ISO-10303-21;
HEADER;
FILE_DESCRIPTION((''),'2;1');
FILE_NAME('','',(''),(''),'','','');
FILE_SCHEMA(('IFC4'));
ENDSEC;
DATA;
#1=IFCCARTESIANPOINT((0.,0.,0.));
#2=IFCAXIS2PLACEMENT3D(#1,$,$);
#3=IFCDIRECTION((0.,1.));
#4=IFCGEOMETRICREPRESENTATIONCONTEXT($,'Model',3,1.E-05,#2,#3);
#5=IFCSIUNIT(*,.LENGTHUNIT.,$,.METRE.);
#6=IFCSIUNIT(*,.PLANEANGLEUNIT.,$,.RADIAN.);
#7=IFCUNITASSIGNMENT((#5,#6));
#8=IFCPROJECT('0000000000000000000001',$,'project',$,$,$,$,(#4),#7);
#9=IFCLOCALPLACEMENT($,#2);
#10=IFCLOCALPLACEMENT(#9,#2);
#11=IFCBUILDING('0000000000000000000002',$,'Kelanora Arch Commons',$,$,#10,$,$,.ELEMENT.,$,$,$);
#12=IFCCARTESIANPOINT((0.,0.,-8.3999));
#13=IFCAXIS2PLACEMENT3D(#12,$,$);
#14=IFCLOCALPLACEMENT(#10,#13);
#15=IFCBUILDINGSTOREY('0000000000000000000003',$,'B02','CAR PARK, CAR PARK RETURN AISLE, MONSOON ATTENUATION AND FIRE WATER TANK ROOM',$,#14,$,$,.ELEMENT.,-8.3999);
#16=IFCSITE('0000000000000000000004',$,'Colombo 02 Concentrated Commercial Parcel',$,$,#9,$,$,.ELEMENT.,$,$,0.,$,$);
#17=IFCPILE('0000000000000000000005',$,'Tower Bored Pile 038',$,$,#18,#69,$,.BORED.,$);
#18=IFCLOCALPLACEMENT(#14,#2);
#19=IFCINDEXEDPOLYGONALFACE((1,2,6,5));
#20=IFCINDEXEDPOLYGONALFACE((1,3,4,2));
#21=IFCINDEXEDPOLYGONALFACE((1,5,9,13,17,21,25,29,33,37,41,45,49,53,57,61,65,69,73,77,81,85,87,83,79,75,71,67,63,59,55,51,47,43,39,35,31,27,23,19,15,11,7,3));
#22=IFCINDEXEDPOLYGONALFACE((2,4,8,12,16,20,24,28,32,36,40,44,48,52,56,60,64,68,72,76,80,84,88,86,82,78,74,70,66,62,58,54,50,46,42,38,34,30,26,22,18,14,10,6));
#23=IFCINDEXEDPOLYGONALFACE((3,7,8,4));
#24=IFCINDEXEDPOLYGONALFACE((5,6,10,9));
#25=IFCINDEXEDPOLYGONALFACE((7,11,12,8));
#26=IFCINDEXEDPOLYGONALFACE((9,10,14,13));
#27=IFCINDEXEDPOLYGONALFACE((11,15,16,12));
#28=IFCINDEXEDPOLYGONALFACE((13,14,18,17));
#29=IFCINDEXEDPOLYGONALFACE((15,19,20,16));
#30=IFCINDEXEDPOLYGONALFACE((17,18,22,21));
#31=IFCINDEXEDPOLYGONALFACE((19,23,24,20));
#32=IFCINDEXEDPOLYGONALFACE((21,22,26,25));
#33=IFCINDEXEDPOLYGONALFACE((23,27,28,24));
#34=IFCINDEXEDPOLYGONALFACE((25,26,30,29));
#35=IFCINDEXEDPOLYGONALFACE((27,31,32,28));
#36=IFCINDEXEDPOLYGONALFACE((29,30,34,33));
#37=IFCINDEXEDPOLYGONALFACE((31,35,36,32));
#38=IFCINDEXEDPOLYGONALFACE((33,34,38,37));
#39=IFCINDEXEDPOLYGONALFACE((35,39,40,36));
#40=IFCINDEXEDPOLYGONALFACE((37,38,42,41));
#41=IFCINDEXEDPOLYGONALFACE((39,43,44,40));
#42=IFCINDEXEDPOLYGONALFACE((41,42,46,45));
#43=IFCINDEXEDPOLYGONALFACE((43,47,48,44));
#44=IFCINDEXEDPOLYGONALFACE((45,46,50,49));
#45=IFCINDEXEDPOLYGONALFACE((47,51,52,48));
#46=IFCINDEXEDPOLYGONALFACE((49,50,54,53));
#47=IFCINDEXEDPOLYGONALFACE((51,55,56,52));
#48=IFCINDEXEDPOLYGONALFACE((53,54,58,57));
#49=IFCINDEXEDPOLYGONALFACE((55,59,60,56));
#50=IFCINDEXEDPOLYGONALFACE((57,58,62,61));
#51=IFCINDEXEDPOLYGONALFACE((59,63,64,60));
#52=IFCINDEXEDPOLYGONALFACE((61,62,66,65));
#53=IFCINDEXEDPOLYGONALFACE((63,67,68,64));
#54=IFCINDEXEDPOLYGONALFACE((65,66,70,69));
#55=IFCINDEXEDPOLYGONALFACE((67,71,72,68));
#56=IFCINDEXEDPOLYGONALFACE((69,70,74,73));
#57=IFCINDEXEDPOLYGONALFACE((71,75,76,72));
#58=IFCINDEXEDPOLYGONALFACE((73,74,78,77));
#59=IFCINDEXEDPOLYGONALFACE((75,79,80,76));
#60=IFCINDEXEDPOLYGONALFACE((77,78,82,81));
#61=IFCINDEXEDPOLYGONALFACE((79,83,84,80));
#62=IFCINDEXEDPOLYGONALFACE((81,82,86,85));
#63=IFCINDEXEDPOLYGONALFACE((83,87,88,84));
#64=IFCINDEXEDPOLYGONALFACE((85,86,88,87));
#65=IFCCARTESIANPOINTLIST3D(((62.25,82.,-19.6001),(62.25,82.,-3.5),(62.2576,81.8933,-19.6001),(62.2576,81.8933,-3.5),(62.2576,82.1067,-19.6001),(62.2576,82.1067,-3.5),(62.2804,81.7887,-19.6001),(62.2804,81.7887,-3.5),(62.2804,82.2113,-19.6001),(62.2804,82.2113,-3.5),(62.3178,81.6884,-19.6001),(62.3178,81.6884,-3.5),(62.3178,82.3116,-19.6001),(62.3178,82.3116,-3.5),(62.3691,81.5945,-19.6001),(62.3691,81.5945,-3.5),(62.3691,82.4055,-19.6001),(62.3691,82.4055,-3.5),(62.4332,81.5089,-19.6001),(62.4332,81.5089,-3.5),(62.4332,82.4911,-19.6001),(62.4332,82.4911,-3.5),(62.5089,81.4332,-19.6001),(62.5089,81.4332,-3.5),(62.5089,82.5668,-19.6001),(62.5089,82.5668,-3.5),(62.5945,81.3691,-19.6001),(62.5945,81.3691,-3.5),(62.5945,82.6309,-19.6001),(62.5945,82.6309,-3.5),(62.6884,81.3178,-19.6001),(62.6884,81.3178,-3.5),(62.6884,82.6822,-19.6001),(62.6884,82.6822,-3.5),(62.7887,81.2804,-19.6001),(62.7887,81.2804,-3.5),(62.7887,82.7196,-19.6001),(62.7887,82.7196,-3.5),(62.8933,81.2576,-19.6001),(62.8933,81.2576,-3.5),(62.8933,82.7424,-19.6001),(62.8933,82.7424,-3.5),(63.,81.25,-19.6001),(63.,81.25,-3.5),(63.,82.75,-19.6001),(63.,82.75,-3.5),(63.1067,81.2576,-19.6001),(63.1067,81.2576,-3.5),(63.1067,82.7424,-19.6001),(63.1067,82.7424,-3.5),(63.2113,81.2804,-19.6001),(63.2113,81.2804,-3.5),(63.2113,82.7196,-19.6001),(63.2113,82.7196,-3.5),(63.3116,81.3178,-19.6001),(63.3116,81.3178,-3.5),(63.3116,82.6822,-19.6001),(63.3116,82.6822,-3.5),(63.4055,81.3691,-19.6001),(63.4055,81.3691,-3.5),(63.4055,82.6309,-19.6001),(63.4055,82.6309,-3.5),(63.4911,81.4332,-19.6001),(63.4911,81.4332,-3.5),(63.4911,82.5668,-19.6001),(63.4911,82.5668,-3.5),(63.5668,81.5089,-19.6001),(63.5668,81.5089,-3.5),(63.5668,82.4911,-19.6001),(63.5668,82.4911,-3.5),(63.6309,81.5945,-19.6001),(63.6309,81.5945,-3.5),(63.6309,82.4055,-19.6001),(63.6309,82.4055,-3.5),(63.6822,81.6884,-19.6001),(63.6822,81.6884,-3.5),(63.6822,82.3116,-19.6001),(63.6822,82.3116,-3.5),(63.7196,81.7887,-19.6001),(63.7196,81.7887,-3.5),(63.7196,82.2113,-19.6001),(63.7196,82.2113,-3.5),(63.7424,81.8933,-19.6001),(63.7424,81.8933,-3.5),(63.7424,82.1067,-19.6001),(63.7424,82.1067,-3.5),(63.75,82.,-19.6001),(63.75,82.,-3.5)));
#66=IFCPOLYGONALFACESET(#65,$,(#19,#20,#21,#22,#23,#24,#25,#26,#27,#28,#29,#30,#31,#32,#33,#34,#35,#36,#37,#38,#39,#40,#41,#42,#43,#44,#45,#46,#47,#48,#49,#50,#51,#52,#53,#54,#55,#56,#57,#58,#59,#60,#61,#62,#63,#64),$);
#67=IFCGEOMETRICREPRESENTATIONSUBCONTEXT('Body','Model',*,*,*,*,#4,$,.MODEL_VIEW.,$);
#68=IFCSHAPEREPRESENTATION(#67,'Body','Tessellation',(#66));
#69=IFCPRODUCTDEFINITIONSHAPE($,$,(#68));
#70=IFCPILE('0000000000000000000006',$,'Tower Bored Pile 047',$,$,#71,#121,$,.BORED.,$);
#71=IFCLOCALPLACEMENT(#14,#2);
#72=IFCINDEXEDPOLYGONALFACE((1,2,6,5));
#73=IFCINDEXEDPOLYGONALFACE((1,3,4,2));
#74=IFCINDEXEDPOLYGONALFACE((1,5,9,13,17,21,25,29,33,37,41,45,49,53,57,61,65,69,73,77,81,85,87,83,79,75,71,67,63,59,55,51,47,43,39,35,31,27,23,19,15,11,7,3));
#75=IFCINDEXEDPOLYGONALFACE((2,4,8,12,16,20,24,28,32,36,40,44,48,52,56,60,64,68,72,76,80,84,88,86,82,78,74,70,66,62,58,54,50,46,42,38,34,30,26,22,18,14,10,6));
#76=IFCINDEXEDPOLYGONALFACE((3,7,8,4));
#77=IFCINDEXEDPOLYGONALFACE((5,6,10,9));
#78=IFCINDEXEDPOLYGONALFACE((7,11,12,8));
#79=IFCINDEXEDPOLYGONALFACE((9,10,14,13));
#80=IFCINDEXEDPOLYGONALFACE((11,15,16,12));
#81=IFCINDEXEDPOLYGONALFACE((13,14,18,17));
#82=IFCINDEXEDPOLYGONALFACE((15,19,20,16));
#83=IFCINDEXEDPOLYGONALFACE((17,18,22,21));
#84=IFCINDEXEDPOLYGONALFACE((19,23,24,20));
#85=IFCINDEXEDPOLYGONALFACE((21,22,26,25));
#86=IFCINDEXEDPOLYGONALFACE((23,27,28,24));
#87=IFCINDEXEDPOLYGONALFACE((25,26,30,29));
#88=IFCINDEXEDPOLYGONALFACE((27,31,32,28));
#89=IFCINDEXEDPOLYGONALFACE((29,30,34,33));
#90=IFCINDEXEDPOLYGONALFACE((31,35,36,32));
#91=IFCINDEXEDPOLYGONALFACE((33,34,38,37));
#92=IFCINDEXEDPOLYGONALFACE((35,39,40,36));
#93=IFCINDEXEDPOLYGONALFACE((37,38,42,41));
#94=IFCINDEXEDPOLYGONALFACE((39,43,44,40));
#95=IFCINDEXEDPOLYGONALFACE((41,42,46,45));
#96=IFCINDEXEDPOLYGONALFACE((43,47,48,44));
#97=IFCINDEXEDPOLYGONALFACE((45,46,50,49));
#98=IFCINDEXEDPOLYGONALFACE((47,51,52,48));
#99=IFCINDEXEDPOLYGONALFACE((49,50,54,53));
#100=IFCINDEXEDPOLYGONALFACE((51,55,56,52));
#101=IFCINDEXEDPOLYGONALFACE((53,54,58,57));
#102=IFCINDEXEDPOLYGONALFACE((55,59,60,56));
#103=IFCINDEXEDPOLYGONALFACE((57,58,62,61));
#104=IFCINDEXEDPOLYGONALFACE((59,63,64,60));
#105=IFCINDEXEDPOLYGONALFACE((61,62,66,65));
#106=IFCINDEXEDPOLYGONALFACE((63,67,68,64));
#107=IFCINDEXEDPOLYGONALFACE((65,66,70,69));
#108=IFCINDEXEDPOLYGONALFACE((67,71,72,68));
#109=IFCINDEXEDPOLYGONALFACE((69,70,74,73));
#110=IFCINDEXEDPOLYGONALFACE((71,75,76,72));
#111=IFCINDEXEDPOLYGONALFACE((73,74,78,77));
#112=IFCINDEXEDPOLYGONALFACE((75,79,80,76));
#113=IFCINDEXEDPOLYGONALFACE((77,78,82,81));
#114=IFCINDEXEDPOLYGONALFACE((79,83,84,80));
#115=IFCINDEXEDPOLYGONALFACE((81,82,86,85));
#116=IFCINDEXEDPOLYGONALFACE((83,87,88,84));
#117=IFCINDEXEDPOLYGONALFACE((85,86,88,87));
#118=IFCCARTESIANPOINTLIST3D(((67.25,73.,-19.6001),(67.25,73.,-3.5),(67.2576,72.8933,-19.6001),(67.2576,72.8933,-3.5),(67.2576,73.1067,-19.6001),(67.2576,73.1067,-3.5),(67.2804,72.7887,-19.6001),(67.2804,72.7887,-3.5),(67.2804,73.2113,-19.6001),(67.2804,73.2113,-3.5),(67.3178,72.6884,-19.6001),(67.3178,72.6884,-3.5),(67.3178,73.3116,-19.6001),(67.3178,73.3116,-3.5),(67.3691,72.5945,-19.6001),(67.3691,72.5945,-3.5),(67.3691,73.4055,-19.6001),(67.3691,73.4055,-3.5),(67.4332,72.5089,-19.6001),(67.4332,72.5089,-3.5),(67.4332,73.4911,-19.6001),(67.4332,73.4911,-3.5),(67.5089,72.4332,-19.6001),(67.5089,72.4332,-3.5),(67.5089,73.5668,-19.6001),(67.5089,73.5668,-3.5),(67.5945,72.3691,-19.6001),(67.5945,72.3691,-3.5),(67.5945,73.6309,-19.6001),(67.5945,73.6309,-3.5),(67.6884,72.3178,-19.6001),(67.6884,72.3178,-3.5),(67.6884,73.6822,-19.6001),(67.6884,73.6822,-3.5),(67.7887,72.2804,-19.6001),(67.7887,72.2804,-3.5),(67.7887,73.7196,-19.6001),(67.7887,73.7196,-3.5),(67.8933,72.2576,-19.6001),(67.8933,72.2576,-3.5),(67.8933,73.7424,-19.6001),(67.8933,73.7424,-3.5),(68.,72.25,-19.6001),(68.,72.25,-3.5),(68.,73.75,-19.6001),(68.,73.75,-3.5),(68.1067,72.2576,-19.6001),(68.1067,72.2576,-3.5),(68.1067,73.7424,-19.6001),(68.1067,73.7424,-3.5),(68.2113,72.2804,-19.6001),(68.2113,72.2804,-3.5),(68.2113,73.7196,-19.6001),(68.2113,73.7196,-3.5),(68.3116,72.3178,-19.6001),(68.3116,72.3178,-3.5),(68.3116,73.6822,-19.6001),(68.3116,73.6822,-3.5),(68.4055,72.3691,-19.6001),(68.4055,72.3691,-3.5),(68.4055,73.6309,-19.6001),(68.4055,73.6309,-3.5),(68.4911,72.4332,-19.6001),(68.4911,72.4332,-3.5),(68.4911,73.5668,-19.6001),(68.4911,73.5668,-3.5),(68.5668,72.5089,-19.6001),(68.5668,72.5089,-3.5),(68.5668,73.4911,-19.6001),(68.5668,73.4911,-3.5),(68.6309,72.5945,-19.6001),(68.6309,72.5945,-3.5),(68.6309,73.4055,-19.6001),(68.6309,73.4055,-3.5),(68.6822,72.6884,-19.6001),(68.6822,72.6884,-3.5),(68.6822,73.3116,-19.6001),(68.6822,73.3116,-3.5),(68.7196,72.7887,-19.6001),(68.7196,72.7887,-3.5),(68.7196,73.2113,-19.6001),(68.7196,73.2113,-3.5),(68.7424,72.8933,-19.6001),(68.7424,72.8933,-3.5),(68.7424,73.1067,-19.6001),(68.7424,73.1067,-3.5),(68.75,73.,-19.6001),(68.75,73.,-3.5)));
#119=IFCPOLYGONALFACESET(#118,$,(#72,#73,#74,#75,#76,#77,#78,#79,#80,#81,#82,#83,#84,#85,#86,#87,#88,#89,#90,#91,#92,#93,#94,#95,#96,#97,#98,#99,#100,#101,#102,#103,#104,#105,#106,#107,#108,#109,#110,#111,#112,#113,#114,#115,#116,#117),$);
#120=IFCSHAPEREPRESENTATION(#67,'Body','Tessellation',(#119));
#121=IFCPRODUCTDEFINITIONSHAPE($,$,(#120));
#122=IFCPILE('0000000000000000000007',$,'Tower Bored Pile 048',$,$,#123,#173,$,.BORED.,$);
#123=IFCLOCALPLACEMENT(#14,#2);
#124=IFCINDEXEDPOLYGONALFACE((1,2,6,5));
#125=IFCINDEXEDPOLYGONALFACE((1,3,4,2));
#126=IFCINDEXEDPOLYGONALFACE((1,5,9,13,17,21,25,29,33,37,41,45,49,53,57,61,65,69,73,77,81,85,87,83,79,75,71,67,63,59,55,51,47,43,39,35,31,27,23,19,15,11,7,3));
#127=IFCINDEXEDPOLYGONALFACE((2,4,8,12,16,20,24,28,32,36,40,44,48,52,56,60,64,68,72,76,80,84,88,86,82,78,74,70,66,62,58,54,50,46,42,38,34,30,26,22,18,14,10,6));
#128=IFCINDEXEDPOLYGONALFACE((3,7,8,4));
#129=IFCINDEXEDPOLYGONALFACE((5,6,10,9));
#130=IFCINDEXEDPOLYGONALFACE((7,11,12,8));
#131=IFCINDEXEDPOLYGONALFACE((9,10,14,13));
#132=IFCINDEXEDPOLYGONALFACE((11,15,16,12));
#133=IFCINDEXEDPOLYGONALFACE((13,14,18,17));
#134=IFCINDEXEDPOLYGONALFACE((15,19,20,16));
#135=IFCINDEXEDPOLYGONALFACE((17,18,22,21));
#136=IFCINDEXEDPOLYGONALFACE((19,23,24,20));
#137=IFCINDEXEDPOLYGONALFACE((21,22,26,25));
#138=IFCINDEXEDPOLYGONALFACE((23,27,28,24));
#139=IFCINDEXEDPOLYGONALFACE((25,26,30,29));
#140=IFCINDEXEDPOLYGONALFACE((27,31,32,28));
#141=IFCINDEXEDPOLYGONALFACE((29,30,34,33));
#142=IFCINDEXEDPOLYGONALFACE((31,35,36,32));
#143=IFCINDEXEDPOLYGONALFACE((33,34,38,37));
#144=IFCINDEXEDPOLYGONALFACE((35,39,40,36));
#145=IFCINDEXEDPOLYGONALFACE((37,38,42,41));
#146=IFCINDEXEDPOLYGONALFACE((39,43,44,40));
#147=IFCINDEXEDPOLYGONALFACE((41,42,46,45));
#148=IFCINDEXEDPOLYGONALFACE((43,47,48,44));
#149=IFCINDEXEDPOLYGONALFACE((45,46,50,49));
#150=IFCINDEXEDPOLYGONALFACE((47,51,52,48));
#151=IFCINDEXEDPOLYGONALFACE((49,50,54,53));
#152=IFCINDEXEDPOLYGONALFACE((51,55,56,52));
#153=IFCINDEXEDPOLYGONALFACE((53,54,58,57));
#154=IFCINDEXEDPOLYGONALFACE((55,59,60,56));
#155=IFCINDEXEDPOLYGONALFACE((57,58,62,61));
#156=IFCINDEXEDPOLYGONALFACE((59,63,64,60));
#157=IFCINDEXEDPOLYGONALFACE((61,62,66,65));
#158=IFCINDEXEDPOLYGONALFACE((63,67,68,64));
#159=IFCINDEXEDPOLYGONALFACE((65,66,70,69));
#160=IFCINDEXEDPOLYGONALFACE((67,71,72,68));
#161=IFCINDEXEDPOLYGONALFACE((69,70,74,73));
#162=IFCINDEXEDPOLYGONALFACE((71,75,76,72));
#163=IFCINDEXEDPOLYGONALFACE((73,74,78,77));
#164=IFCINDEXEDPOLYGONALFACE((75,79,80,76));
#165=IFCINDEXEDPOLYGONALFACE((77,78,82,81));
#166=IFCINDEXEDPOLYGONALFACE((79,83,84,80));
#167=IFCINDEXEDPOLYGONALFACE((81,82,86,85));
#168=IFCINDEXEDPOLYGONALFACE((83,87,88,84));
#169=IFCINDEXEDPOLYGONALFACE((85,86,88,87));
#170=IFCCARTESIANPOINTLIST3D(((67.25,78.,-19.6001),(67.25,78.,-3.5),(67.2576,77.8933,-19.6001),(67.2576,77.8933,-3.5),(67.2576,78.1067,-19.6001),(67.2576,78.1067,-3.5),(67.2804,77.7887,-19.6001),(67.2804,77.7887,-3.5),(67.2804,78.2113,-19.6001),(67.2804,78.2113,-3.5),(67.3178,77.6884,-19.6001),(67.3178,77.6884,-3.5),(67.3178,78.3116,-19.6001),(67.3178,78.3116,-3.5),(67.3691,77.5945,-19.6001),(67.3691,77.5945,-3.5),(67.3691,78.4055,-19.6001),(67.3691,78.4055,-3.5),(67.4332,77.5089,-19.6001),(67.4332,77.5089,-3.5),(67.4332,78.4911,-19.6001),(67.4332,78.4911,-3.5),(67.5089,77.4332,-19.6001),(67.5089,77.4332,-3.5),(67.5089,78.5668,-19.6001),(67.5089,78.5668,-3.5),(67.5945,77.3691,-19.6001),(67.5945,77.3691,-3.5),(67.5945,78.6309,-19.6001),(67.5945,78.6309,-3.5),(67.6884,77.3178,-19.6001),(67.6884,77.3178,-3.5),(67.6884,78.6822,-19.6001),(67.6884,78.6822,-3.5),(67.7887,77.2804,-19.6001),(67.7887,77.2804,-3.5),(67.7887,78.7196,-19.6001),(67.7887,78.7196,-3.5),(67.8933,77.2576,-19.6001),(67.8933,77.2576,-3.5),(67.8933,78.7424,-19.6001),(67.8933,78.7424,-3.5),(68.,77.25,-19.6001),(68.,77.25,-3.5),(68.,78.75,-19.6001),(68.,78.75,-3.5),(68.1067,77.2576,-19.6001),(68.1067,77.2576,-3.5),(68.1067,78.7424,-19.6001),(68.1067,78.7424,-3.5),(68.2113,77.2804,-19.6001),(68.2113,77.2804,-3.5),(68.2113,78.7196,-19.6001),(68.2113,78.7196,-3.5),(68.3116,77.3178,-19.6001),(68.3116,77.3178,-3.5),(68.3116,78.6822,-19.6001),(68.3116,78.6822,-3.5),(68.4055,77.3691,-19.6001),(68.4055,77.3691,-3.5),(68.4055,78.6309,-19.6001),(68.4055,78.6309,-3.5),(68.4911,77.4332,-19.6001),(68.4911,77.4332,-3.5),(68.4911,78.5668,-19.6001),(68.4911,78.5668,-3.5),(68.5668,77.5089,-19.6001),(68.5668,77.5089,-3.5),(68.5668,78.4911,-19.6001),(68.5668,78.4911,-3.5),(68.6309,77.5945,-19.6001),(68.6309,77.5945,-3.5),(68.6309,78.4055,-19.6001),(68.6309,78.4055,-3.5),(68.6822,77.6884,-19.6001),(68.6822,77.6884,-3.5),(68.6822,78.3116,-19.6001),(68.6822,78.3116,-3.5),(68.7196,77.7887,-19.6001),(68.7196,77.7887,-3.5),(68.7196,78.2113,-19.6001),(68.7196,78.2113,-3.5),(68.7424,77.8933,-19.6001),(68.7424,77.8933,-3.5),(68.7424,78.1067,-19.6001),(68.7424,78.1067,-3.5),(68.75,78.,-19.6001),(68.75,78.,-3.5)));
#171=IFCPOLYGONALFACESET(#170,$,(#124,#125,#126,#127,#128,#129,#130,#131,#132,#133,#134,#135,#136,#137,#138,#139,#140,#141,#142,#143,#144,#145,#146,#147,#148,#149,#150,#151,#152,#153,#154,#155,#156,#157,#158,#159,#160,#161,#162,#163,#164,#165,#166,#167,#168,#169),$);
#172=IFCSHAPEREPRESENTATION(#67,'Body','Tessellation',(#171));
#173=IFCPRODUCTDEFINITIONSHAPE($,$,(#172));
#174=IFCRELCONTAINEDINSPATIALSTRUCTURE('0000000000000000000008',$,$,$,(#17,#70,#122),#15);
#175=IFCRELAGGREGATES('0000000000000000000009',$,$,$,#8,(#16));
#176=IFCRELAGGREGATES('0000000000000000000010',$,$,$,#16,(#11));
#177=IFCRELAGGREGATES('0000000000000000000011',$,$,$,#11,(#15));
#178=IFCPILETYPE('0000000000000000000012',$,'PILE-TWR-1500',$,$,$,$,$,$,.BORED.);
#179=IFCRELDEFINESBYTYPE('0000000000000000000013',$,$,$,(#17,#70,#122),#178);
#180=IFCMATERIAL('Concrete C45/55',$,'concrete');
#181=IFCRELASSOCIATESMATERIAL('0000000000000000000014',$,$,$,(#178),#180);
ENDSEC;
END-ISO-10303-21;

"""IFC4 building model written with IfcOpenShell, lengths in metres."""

from ifc_helpers import new_model, si_unit, direction, frame, origin, origin_2d, place, context, subcontext, project, spatial, circle, extrude, source, transform, mapped, material, material_profile, profile_set, type_object, element, save


model = new_model("IFC4")

# Units and contexts
model_context = context("Model", 3, precision=1e-05, world=origin(), true_north=direction((0.0, 1.0)))
body_context = subcontext(model_context, "Body", "Model", "MODEL_VIEW")
ifc_project = project(units=[si_unit("LENGTHUNIT", "METRE"), si_unit("PLANEANGLEUNIT", "RADIAN")], contexts=[model_context])

# Site, building, storey
site_placement = place(None, origin())
site = spatial("IfcSite", under=ifc_project, at=site_placement, Name="Colombo 02 Concentrated Commercial Parcel", CompositionType="ELEMENT", RefElevation=0.0)
building_placement = place(site_placement, origin())
building = spatial("IfcBuilding", under=site, at=building_placement, Name="Kelanora Arch Commons", CompositionType="ELEMENT")
storey_placement = place(building_placement, frame((0.0, 0.0, -8.3999)))
storey = spatial("IfcBuildingStorey", under=building, at=storey_placement, Name="B02", Description="CAR PARK, CAR PARK RETURN AISLE, MONSOON ATTENUATION AND FIRE WATER TANK ROOM", CompositionType="ELEMENT", Elevation=-8.3999)

# Piles
ifc_material_1 = material(Name="Concrete C45/55", Category="concrete")
ifc_material_profile_1 = material_profile(ifc_material_1, circle(Radius=0.75, at=origin_2d()), Name="PILE1500")
ifc_profile_set_1 = profile_set([ifc_material_profile_1], Name="Concrete C45/55")
pile_type_1 = type_object("IfcPileType", Name="PILE-TWR-1500", PredefinedType="BORED", material=ifc_profile_set_1)
shared_shape_1 = source(origin(), body_context, "Body", "SweptSolid", [
    extrude(circle(Radius=0.75, at=origin_2d()), origin(), (0.0, 0.0, 1.0), 16.1001),
])
for number, where, z_axis, x_axis, name in (
    (1, (63.0, 82.0, -3.5), (0.0, 0.0, -1.0), (1.0, 0.0, 0.0), "Tower Bored Pile 038"),
    (2, (68.0, 73.0, -3.5), (0.0, 0.0, -1.0), (1.0, 0.0, 0.0), "Tower Bored Pile 047"),
    (3, (68.0, 78.0, -3.5), (0.0, 0.0, -1.0), (1.0, 0.0, 0.0), "Tower Bored Pile 048"),
):
    element("IfcPile", number, at=place(storey_placement, frame(where, z_axis=z_axis, x_axis=x_axis)), inside=storey, type_object=pile_type_1, Name=name, PredefinedType="BORED", context=body_context, shape_type="MappedRepresentation", body=[
        mapped(shared_shape_1, transform((0.0, 0.0, 0.0), scale=1.0)),
    ])

save(model, "model.ifc")
